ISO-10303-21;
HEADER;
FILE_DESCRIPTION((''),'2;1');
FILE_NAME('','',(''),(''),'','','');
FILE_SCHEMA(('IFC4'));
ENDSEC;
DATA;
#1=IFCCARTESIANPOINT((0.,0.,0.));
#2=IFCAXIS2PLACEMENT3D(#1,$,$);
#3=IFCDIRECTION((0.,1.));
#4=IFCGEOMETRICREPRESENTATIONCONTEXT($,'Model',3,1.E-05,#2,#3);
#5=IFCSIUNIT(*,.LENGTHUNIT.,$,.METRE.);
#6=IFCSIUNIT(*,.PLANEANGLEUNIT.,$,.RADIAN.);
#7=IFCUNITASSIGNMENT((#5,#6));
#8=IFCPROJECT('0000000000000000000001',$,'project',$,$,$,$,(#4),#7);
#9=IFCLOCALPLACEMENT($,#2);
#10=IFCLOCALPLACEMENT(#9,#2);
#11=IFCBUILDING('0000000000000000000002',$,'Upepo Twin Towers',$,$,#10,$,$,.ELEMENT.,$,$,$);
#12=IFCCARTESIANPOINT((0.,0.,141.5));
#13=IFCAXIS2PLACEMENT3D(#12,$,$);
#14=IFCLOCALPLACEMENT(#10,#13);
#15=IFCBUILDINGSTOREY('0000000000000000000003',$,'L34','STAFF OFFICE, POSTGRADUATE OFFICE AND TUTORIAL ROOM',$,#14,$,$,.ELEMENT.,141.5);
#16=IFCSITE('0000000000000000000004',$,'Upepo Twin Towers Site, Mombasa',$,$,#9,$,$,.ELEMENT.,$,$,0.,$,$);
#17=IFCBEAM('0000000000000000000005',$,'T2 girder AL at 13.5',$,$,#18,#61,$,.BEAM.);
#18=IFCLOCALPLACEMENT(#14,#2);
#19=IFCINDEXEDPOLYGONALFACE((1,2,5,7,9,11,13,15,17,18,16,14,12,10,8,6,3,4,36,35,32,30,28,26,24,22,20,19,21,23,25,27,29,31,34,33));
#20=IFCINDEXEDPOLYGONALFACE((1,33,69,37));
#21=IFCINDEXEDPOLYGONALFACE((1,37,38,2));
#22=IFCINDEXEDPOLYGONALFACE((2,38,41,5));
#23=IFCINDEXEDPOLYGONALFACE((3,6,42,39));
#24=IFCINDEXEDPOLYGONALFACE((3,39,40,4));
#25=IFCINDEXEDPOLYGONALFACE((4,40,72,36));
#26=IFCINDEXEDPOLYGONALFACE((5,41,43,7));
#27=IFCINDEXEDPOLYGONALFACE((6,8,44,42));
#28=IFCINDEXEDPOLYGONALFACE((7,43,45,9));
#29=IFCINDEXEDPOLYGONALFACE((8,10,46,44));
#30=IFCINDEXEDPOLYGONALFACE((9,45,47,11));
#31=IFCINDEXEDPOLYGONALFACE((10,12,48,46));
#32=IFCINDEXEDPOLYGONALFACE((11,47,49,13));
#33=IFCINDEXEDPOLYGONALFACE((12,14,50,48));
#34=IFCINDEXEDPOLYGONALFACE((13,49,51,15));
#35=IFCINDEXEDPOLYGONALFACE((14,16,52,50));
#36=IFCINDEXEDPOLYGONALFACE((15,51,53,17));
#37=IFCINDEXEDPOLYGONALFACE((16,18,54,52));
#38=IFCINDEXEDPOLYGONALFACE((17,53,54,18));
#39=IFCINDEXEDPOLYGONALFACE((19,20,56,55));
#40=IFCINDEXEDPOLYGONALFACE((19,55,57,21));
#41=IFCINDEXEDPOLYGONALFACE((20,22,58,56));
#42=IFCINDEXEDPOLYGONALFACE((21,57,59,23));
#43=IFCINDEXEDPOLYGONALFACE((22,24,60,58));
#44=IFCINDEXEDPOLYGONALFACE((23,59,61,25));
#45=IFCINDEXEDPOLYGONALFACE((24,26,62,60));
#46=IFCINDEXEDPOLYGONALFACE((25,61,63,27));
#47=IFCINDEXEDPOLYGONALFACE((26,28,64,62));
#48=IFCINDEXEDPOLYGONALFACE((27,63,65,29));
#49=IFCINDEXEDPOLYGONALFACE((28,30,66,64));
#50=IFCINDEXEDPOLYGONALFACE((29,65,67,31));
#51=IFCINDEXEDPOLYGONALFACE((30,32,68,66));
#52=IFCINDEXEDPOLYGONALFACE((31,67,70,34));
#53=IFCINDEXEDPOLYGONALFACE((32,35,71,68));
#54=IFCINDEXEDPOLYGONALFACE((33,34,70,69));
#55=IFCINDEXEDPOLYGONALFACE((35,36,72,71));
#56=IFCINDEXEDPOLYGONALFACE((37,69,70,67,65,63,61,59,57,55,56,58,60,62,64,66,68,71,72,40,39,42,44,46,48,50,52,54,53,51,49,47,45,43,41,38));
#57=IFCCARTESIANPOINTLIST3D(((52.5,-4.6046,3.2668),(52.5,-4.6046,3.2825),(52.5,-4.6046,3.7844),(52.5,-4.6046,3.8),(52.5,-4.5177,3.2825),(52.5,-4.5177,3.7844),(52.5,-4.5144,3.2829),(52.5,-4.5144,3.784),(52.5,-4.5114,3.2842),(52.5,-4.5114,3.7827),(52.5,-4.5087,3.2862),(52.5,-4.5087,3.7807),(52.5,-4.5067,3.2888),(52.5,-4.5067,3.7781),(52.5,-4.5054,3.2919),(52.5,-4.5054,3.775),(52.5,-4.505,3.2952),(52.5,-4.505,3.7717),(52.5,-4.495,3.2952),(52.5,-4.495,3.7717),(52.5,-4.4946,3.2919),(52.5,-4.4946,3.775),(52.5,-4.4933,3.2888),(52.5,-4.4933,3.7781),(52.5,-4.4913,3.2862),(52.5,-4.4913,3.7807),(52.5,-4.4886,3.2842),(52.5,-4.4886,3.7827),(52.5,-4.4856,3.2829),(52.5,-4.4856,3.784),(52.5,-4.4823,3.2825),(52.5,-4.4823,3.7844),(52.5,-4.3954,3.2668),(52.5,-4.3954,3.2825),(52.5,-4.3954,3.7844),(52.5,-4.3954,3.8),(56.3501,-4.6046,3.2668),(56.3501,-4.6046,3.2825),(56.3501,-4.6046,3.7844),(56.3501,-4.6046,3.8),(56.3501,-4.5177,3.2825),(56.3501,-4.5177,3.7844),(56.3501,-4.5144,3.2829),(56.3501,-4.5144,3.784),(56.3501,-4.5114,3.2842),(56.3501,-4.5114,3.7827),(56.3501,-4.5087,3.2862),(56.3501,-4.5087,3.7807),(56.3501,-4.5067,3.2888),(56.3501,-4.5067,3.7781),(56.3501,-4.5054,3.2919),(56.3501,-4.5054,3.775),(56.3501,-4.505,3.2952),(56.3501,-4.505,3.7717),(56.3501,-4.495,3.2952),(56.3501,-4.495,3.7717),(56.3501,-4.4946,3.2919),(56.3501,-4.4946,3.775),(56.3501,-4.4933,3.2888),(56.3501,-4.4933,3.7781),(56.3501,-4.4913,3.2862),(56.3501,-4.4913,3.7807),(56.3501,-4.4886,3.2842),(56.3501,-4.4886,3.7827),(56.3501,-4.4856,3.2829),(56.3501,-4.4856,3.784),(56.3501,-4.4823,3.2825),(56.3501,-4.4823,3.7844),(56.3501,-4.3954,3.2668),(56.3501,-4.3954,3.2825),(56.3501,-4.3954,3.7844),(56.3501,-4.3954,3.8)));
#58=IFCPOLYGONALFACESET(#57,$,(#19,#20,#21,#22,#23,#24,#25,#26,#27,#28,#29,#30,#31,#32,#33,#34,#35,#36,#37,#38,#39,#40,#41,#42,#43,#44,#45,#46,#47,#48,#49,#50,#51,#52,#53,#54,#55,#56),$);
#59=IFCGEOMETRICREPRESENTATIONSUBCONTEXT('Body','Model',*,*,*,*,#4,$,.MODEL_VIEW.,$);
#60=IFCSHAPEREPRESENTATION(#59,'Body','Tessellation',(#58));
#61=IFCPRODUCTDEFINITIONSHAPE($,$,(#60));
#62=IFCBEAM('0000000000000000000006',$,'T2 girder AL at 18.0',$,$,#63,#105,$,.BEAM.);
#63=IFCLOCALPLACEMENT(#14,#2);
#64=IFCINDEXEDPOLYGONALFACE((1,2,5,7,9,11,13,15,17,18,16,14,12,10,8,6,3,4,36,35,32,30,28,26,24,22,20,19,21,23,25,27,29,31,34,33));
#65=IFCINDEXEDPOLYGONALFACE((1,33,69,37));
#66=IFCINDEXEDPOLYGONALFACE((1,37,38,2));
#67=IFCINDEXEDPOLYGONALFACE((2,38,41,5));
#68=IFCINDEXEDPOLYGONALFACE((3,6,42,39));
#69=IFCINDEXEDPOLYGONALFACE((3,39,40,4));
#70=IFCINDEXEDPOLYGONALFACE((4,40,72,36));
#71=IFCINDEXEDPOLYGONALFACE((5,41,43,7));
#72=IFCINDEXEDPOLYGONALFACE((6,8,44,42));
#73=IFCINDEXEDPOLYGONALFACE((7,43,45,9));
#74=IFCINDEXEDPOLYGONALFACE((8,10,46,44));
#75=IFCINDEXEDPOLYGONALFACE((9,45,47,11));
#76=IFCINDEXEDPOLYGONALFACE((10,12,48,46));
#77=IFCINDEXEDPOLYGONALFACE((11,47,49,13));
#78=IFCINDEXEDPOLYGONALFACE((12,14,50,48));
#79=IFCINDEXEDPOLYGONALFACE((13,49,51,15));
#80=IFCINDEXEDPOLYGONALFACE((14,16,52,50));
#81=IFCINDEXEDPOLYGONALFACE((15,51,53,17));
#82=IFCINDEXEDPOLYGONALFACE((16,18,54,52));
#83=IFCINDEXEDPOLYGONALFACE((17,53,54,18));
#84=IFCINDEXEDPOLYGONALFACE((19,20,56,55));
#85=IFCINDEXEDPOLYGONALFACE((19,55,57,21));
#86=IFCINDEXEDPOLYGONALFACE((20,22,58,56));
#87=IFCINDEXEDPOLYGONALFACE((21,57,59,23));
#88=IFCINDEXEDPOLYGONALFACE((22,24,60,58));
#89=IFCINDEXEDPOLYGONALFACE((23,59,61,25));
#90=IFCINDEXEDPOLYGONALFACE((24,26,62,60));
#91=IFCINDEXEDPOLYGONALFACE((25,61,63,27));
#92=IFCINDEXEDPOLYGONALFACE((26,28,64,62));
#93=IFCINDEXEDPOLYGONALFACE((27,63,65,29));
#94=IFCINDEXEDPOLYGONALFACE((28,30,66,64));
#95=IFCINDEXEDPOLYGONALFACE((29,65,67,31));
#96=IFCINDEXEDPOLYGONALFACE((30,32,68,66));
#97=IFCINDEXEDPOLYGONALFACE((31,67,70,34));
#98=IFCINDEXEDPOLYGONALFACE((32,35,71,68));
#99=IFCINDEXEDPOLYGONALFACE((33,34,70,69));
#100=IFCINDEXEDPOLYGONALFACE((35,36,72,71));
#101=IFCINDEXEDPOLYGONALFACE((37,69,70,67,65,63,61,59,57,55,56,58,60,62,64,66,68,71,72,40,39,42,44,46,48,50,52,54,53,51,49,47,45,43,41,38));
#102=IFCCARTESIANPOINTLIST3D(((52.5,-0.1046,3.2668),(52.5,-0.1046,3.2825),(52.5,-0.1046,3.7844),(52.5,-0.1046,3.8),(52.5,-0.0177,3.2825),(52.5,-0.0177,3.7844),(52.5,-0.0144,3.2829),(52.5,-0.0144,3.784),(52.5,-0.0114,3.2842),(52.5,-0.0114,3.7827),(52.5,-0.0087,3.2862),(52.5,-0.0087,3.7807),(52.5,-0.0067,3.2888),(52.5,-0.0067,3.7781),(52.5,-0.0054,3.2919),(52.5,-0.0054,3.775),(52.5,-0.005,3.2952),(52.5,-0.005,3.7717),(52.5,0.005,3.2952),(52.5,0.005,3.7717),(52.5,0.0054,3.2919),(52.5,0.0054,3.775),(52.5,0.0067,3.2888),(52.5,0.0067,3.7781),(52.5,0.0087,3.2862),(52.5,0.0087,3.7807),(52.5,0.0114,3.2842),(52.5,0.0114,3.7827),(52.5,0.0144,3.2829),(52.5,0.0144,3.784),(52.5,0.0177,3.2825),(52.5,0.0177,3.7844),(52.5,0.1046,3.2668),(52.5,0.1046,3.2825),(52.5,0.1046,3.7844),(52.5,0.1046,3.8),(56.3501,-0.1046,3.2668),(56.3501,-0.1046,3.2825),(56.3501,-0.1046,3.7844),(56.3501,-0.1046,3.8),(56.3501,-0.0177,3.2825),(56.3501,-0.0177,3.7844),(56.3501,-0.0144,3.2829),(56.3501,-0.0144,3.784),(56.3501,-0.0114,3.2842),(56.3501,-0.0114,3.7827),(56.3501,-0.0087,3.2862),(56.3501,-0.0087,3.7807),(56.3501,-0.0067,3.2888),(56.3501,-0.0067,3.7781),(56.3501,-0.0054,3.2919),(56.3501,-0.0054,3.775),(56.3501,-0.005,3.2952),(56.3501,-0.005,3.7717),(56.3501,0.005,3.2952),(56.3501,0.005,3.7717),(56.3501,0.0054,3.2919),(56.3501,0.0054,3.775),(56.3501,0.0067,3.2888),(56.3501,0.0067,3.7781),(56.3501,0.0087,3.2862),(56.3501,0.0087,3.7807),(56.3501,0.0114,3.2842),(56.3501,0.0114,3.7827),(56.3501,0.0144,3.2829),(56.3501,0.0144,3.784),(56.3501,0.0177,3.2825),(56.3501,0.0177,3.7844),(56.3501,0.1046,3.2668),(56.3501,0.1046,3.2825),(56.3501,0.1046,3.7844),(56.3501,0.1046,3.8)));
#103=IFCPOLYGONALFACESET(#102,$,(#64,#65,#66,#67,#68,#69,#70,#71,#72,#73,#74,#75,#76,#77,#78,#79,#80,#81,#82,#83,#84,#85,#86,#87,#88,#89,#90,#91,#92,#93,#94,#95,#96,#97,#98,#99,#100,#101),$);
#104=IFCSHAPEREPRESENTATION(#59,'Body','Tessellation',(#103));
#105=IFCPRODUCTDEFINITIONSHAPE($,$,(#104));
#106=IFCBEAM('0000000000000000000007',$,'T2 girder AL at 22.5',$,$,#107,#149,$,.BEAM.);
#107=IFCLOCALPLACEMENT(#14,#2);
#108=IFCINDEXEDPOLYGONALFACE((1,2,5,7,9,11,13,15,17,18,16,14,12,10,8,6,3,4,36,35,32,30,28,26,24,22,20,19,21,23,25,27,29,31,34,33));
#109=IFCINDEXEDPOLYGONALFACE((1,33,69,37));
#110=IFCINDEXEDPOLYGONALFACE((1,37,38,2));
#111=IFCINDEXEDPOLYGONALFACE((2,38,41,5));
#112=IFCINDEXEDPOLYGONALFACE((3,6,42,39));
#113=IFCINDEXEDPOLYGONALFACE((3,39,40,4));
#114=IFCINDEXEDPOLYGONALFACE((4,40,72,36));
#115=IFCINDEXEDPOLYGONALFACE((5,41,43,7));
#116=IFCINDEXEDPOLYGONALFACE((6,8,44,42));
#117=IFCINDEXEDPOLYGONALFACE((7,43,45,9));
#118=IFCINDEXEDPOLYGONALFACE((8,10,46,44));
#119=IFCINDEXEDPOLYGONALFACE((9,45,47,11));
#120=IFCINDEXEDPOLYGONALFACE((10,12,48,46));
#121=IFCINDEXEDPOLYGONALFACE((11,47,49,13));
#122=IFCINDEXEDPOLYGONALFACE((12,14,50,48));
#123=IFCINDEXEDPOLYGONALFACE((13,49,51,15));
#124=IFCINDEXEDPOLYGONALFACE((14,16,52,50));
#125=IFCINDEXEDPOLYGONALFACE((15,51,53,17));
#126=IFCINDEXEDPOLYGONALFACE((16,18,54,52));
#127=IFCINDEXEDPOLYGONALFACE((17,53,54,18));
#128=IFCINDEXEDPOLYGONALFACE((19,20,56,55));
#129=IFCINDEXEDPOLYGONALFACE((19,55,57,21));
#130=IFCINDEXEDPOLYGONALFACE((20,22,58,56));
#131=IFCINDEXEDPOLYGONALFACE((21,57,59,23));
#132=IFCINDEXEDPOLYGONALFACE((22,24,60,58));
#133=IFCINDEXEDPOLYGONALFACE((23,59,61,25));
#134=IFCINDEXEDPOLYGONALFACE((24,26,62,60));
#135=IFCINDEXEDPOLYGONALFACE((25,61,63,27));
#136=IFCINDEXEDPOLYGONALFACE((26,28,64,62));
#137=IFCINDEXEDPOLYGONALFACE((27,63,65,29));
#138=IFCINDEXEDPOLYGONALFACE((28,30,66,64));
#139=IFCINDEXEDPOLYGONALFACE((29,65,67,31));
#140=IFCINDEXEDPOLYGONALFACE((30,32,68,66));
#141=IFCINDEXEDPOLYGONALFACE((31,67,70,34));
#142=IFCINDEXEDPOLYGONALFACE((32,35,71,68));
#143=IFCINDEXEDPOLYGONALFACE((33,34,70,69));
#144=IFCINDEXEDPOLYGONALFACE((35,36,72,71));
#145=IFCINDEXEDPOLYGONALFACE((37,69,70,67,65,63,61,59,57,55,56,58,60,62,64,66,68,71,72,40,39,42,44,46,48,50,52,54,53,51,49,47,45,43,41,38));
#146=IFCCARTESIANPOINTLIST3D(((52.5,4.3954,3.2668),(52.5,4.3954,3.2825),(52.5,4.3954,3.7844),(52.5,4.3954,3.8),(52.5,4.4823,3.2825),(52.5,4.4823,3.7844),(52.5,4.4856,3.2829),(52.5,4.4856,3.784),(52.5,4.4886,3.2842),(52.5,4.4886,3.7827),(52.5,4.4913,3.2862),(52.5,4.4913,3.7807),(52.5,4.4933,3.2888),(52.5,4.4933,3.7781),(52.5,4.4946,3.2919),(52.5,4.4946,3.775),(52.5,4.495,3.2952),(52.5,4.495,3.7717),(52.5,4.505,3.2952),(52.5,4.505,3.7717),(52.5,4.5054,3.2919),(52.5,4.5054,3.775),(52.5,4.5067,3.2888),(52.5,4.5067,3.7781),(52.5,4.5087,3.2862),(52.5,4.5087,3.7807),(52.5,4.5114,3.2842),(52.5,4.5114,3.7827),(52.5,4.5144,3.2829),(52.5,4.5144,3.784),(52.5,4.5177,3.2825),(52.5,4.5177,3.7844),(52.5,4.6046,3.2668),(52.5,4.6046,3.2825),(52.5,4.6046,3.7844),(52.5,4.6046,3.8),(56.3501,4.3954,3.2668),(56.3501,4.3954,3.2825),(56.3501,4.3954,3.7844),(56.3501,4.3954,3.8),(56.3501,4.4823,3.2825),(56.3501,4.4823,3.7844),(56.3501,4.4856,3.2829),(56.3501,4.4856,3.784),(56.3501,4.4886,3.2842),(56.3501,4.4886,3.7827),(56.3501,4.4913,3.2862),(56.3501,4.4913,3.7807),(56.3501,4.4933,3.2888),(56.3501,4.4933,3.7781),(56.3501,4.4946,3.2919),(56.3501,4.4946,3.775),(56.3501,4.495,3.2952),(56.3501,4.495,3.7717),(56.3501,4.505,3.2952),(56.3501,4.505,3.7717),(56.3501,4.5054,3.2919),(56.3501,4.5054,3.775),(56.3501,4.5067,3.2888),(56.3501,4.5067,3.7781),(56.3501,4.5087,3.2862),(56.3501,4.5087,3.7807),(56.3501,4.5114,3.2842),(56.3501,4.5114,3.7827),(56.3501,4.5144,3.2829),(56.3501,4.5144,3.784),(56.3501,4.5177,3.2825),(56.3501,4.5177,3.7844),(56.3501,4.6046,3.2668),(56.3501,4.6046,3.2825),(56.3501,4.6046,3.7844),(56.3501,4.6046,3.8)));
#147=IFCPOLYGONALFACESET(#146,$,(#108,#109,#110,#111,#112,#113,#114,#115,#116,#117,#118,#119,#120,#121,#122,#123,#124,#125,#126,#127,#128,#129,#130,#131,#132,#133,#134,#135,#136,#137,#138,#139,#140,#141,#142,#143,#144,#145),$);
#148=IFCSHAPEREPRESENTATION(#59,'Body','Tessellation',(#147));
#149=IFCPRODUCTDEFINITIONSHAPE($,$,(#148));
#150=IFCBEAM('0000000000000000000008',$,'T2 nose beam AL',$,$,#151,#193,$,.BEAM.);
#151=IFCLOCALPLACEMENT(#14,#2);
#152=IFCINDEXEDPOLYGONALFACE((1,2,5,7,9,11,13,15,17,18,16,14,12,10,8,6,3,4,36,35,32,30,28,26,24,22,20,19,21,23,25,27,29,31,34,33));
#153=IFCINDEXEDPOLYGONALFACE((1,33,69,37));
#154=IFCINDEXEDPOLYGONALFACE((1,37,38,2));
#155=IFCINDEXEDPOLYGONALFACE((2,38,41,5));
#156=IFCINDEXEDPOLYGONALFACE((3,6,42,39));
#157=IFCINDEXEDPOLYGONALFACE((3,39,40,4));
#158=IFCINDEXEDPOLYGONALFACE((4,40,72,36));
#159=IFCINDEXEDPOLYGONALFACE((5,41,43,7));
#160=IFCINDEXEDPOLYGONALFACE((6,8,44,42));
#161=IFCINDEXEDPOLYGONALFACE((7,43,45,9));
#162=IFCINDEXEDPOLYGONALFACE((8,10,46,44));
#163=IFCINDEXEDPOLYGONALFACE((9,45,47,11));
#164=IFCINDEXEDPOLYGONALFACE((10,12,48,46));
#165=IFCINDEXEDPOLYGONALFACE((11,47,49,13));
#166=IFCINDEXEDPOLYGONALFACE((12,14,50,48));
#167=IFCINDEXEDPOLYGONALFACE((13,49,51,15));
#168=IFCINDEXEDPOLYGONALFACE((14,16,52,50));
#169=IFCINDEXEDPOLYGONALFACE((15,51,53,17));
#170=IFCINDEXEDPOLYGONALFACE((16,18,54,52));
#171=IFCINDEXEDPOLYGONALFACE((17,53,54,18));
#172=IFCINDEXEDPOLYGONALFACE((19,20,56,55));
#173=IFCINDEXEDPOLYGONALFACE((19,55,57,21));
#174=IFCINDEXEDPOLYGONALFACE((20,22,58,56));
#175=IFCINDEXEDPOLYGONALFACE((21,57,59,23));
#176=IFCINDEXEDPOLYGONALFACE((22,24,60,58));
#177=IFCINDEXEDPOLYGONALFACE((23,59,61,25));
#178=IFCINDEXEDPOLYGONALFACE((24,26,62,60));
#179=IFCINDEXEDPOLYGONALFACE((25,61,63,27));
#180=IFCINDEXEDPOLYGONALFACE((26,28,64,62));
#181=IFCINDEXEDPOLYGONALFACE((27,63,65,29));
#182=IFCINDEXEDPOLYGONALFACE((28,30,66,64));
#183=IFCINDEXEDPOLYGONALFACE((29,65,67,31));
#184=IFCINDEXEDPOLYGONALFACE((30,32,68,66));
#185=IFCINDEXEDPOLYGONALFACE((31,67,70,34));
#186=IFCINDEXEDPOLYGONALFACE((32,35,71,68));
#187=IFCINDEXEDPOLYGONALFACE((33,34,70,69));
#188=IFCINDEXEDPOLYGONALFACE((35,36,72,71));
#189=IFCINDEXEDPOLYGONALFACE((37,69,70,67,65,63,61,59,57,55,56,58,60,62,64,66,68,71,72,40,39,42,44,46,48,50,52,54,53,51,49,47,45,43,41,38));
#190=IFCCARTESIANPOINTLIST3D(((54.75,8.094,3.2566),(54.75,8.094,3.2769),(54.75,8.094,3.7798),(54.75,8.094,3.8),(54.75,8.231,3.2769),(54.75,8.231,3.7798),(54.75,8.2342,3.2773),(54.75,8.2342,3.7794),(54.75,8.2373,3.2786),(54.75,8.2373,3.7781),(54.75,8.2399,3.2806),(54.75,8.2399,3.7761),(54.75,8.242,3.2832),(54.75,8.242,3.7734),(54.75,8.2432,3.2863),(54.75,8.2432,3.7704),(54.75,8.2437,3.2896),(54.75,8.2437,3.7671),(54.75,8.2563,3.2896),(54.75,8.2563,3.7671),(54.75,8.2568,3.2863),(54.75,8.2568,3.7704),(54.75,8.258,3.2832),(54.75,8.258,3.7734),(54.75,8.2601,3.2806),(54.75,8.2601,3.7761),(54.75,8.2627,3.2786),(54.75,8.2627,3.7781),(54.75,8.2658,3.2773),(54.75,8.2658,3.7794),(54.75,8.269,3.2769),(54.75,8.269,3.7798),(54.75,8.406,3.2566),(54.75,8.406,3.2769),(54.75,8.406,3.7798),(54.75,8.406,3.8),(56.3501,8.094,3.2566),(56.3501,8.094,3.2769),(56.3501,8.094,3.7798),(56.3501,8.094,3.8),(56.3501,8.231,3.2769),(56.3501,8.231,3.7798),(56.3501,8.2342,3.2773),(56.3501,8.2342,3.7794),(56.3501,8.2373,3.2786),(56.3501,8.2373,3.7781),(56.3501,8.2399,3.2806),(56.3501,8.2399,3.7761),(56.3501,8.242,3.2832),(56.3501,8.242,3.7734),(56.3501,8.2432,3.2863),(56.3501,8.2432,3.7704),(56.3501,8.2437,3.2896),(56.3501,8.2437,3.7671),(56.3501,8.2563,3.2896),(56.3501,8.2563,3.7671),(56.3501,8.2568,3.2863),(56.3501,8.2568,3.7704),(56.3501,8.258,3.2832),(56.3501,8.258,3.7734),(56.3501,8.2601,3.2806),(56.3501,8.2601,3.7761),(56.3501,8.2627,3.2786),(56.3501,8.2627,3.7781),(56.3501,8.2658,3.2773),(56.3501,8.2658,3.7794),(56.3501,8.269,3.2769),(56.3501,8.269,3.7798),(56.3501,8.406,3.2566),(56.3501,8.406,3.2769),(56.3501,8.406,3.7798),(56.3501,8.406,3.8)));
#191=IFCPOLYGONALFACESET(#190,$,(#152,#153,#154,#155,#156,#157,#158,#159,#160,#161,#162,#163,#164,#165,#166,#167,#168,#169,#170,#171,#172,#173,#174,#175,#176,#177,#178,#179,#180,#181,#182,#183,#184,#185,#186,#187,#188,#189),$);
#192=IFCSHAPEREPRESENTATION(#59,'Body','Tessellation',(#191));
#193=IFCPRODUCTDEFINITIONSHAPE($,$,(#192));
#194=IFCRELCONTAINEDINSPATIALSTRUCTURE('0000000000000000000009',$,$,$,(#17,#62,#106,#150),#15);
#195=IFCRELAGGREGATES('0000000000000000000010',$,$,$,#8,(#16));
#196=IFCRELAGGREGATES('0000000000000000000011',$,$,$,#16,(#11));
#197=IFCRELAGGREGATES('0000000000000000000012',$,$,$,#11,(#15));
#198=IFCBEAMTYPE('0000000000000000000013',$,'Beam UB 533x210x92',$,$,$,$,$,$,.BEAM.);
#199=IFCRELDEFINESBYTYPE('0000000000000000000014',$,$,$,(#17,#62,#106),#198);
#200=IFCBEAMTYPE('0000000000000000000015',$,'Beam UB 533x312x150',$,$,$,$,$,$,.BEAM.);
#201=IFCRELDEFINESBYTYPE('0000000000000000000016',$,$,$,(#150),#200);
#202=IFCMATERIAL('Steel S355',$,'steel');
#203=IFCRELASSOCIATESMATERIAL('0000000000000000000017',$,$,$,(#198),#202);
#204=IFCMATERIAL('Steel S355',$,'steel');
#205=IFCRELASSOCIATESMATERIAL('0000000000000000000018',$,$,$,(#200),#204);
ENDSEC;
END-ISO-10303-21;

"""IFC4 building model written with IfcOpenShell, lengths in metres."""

from ifc_helpers import new_model, si_unit, direction, frame, origin, origin_2d, place, context, subcontext, project, spatial, i_section, extrude, material, material_profile, profile_set, type_object, element, save


model = new_model("IFC4")

# Units and contexts
model_context = context("Model", 3, precision=1e-05, world=origin(), true_north=direction((0.0, 1.0)))
body_context = subcontext(model_context, "Body", "Model", "MODEL_VIEW")
ifc_project = project(units=[si_unit("LENGTHUNIT", "METRE"), si_unit("PLANEANGLEUNIT", "RADIAN")], contexts=[model_context])

# Site, building, storey
site_placement = place(None, origin())
site = spatial("IfcSite", under=ifc_project, at=site_placement, Name="Upepo Twin Towers Site, Mombasa", CompositionType="ELEMENT", RefElevation=0.0)
building_placement = place(site_placement, origin())
building = spatial("IfcBuilding", under=site, at=building_placement, Name="Upepo Twin Towers", CompositionType="ELEMENT")
storey_placement = place(building_placement, frame((0.0, 0.0, 141.5)))
storey = spatial("IfcBuildingStorey", under=building, at=storey_placement, Name="L34", Description="STAFF OFFICE, POSTGRADUATE OFFICE AND TUTORIAL ROOM", CompositionType="ELEMENT", Elevation=141.5)

# Beams
ifc_material_1 = material(Name="Steel S355", Category="steel")
ifc_material_profile_1 = material_profile(ifc_material_1, i_section(OverallWidth=0.2092, OverallDepth=0.5332, WebThickness=0.01, FlangeThickness=0.0156, FilletRadius=0.0127, at=origin_2d()), Name="UB 533x210x92")
ifc_profile_set_1 = profile_set([ifc_material_profile_1], Name="Steel S355")
beam_type_1 = type_object("IfcBeamType", Name="Beam UB 533x210x92", PredefinedType="BEAM", material=ifc_profile_set_1)
for number, where, z_axis, x_axis, name in (
    (1, (52.5, -4.5, 3.5334), (1.0, 0.0, 0.0), (0.0, 1.0, 0.0), "T2 girder AL at 13.5"),
    (2, (52.5, 0.0, 3.5334), (1.0, 0.0, 0.0), (0.0, 1.0, 0.0), "T2 girder AL at 18.0"),
    (3, (52.5, 4.5, 3.5334), (1.0, 0.0, 0.0), (0.0, 1.0, 0.0), "T2 girder AL at 22.5"),
):
    element("IfcBeam", number, at=place(storey_placement, frame(where, z_axis=z_axis, x_axis=x_axis)), inside=storey, type_object=beam_type_1, Name=name, PredefinedType="BEAM", context=body_context, shape_type="SweptSolid", body=[
        extrude(i_section(OverallWidth=0.2092, OverallDepth=0.5332, WebThickness=0.01, FlangeThickness=0.0156, FilletRadius=0.0127, at=origin_2d()), origin(), (0.0, 0.0, 1.0), 3.8501),
    ])
ifc_material_2 = material(Name="Steel S355", Category="steel")
ifc_material_profile_2 = material_profile(ifc_material_2, i_section(OverallWidth=0.312, OverallDepth=0.5435, WebThickness=0.0127, FlangeThickness=0.0203, FilletRadius=0.0127, at=origin_2d()), Name="UB 533x312x150")
ifc_profile_set_2 = profile_set([ifc_material_profile_2], Name="Steel S355")
beam_type_2 = type_object("IfcBeamType", Name="Beam UB 533x312x150", PredefinedType="BEAM", material=ifc_profile_set_2)
beam_1_placement = place(storey_placement, frame((54.75, 8.25, 3.5283), z_axis=(1.0, 0.0, 0.0), x_axis=(0.0, 1.0, 0.0)))
element("IfcBeam", 4, at=beam_1_placement, inside=storey, type_object=beam_type_2, Name="T2 nose beam AL", PredefinedType="BEAM", context=body_context, shape_type="SweptSolid", body=[
    extrude(i_section(OverallWidth=0.312, OverallDepth=0.5435, WebThickness=0.0127, FlangeThickness=0.0203, FilletRadius=0.0127, at=origin_2d()), origin(), (0.0, 0.0, 1.0), 1.6001),
])

save(model, "model.ifc")
